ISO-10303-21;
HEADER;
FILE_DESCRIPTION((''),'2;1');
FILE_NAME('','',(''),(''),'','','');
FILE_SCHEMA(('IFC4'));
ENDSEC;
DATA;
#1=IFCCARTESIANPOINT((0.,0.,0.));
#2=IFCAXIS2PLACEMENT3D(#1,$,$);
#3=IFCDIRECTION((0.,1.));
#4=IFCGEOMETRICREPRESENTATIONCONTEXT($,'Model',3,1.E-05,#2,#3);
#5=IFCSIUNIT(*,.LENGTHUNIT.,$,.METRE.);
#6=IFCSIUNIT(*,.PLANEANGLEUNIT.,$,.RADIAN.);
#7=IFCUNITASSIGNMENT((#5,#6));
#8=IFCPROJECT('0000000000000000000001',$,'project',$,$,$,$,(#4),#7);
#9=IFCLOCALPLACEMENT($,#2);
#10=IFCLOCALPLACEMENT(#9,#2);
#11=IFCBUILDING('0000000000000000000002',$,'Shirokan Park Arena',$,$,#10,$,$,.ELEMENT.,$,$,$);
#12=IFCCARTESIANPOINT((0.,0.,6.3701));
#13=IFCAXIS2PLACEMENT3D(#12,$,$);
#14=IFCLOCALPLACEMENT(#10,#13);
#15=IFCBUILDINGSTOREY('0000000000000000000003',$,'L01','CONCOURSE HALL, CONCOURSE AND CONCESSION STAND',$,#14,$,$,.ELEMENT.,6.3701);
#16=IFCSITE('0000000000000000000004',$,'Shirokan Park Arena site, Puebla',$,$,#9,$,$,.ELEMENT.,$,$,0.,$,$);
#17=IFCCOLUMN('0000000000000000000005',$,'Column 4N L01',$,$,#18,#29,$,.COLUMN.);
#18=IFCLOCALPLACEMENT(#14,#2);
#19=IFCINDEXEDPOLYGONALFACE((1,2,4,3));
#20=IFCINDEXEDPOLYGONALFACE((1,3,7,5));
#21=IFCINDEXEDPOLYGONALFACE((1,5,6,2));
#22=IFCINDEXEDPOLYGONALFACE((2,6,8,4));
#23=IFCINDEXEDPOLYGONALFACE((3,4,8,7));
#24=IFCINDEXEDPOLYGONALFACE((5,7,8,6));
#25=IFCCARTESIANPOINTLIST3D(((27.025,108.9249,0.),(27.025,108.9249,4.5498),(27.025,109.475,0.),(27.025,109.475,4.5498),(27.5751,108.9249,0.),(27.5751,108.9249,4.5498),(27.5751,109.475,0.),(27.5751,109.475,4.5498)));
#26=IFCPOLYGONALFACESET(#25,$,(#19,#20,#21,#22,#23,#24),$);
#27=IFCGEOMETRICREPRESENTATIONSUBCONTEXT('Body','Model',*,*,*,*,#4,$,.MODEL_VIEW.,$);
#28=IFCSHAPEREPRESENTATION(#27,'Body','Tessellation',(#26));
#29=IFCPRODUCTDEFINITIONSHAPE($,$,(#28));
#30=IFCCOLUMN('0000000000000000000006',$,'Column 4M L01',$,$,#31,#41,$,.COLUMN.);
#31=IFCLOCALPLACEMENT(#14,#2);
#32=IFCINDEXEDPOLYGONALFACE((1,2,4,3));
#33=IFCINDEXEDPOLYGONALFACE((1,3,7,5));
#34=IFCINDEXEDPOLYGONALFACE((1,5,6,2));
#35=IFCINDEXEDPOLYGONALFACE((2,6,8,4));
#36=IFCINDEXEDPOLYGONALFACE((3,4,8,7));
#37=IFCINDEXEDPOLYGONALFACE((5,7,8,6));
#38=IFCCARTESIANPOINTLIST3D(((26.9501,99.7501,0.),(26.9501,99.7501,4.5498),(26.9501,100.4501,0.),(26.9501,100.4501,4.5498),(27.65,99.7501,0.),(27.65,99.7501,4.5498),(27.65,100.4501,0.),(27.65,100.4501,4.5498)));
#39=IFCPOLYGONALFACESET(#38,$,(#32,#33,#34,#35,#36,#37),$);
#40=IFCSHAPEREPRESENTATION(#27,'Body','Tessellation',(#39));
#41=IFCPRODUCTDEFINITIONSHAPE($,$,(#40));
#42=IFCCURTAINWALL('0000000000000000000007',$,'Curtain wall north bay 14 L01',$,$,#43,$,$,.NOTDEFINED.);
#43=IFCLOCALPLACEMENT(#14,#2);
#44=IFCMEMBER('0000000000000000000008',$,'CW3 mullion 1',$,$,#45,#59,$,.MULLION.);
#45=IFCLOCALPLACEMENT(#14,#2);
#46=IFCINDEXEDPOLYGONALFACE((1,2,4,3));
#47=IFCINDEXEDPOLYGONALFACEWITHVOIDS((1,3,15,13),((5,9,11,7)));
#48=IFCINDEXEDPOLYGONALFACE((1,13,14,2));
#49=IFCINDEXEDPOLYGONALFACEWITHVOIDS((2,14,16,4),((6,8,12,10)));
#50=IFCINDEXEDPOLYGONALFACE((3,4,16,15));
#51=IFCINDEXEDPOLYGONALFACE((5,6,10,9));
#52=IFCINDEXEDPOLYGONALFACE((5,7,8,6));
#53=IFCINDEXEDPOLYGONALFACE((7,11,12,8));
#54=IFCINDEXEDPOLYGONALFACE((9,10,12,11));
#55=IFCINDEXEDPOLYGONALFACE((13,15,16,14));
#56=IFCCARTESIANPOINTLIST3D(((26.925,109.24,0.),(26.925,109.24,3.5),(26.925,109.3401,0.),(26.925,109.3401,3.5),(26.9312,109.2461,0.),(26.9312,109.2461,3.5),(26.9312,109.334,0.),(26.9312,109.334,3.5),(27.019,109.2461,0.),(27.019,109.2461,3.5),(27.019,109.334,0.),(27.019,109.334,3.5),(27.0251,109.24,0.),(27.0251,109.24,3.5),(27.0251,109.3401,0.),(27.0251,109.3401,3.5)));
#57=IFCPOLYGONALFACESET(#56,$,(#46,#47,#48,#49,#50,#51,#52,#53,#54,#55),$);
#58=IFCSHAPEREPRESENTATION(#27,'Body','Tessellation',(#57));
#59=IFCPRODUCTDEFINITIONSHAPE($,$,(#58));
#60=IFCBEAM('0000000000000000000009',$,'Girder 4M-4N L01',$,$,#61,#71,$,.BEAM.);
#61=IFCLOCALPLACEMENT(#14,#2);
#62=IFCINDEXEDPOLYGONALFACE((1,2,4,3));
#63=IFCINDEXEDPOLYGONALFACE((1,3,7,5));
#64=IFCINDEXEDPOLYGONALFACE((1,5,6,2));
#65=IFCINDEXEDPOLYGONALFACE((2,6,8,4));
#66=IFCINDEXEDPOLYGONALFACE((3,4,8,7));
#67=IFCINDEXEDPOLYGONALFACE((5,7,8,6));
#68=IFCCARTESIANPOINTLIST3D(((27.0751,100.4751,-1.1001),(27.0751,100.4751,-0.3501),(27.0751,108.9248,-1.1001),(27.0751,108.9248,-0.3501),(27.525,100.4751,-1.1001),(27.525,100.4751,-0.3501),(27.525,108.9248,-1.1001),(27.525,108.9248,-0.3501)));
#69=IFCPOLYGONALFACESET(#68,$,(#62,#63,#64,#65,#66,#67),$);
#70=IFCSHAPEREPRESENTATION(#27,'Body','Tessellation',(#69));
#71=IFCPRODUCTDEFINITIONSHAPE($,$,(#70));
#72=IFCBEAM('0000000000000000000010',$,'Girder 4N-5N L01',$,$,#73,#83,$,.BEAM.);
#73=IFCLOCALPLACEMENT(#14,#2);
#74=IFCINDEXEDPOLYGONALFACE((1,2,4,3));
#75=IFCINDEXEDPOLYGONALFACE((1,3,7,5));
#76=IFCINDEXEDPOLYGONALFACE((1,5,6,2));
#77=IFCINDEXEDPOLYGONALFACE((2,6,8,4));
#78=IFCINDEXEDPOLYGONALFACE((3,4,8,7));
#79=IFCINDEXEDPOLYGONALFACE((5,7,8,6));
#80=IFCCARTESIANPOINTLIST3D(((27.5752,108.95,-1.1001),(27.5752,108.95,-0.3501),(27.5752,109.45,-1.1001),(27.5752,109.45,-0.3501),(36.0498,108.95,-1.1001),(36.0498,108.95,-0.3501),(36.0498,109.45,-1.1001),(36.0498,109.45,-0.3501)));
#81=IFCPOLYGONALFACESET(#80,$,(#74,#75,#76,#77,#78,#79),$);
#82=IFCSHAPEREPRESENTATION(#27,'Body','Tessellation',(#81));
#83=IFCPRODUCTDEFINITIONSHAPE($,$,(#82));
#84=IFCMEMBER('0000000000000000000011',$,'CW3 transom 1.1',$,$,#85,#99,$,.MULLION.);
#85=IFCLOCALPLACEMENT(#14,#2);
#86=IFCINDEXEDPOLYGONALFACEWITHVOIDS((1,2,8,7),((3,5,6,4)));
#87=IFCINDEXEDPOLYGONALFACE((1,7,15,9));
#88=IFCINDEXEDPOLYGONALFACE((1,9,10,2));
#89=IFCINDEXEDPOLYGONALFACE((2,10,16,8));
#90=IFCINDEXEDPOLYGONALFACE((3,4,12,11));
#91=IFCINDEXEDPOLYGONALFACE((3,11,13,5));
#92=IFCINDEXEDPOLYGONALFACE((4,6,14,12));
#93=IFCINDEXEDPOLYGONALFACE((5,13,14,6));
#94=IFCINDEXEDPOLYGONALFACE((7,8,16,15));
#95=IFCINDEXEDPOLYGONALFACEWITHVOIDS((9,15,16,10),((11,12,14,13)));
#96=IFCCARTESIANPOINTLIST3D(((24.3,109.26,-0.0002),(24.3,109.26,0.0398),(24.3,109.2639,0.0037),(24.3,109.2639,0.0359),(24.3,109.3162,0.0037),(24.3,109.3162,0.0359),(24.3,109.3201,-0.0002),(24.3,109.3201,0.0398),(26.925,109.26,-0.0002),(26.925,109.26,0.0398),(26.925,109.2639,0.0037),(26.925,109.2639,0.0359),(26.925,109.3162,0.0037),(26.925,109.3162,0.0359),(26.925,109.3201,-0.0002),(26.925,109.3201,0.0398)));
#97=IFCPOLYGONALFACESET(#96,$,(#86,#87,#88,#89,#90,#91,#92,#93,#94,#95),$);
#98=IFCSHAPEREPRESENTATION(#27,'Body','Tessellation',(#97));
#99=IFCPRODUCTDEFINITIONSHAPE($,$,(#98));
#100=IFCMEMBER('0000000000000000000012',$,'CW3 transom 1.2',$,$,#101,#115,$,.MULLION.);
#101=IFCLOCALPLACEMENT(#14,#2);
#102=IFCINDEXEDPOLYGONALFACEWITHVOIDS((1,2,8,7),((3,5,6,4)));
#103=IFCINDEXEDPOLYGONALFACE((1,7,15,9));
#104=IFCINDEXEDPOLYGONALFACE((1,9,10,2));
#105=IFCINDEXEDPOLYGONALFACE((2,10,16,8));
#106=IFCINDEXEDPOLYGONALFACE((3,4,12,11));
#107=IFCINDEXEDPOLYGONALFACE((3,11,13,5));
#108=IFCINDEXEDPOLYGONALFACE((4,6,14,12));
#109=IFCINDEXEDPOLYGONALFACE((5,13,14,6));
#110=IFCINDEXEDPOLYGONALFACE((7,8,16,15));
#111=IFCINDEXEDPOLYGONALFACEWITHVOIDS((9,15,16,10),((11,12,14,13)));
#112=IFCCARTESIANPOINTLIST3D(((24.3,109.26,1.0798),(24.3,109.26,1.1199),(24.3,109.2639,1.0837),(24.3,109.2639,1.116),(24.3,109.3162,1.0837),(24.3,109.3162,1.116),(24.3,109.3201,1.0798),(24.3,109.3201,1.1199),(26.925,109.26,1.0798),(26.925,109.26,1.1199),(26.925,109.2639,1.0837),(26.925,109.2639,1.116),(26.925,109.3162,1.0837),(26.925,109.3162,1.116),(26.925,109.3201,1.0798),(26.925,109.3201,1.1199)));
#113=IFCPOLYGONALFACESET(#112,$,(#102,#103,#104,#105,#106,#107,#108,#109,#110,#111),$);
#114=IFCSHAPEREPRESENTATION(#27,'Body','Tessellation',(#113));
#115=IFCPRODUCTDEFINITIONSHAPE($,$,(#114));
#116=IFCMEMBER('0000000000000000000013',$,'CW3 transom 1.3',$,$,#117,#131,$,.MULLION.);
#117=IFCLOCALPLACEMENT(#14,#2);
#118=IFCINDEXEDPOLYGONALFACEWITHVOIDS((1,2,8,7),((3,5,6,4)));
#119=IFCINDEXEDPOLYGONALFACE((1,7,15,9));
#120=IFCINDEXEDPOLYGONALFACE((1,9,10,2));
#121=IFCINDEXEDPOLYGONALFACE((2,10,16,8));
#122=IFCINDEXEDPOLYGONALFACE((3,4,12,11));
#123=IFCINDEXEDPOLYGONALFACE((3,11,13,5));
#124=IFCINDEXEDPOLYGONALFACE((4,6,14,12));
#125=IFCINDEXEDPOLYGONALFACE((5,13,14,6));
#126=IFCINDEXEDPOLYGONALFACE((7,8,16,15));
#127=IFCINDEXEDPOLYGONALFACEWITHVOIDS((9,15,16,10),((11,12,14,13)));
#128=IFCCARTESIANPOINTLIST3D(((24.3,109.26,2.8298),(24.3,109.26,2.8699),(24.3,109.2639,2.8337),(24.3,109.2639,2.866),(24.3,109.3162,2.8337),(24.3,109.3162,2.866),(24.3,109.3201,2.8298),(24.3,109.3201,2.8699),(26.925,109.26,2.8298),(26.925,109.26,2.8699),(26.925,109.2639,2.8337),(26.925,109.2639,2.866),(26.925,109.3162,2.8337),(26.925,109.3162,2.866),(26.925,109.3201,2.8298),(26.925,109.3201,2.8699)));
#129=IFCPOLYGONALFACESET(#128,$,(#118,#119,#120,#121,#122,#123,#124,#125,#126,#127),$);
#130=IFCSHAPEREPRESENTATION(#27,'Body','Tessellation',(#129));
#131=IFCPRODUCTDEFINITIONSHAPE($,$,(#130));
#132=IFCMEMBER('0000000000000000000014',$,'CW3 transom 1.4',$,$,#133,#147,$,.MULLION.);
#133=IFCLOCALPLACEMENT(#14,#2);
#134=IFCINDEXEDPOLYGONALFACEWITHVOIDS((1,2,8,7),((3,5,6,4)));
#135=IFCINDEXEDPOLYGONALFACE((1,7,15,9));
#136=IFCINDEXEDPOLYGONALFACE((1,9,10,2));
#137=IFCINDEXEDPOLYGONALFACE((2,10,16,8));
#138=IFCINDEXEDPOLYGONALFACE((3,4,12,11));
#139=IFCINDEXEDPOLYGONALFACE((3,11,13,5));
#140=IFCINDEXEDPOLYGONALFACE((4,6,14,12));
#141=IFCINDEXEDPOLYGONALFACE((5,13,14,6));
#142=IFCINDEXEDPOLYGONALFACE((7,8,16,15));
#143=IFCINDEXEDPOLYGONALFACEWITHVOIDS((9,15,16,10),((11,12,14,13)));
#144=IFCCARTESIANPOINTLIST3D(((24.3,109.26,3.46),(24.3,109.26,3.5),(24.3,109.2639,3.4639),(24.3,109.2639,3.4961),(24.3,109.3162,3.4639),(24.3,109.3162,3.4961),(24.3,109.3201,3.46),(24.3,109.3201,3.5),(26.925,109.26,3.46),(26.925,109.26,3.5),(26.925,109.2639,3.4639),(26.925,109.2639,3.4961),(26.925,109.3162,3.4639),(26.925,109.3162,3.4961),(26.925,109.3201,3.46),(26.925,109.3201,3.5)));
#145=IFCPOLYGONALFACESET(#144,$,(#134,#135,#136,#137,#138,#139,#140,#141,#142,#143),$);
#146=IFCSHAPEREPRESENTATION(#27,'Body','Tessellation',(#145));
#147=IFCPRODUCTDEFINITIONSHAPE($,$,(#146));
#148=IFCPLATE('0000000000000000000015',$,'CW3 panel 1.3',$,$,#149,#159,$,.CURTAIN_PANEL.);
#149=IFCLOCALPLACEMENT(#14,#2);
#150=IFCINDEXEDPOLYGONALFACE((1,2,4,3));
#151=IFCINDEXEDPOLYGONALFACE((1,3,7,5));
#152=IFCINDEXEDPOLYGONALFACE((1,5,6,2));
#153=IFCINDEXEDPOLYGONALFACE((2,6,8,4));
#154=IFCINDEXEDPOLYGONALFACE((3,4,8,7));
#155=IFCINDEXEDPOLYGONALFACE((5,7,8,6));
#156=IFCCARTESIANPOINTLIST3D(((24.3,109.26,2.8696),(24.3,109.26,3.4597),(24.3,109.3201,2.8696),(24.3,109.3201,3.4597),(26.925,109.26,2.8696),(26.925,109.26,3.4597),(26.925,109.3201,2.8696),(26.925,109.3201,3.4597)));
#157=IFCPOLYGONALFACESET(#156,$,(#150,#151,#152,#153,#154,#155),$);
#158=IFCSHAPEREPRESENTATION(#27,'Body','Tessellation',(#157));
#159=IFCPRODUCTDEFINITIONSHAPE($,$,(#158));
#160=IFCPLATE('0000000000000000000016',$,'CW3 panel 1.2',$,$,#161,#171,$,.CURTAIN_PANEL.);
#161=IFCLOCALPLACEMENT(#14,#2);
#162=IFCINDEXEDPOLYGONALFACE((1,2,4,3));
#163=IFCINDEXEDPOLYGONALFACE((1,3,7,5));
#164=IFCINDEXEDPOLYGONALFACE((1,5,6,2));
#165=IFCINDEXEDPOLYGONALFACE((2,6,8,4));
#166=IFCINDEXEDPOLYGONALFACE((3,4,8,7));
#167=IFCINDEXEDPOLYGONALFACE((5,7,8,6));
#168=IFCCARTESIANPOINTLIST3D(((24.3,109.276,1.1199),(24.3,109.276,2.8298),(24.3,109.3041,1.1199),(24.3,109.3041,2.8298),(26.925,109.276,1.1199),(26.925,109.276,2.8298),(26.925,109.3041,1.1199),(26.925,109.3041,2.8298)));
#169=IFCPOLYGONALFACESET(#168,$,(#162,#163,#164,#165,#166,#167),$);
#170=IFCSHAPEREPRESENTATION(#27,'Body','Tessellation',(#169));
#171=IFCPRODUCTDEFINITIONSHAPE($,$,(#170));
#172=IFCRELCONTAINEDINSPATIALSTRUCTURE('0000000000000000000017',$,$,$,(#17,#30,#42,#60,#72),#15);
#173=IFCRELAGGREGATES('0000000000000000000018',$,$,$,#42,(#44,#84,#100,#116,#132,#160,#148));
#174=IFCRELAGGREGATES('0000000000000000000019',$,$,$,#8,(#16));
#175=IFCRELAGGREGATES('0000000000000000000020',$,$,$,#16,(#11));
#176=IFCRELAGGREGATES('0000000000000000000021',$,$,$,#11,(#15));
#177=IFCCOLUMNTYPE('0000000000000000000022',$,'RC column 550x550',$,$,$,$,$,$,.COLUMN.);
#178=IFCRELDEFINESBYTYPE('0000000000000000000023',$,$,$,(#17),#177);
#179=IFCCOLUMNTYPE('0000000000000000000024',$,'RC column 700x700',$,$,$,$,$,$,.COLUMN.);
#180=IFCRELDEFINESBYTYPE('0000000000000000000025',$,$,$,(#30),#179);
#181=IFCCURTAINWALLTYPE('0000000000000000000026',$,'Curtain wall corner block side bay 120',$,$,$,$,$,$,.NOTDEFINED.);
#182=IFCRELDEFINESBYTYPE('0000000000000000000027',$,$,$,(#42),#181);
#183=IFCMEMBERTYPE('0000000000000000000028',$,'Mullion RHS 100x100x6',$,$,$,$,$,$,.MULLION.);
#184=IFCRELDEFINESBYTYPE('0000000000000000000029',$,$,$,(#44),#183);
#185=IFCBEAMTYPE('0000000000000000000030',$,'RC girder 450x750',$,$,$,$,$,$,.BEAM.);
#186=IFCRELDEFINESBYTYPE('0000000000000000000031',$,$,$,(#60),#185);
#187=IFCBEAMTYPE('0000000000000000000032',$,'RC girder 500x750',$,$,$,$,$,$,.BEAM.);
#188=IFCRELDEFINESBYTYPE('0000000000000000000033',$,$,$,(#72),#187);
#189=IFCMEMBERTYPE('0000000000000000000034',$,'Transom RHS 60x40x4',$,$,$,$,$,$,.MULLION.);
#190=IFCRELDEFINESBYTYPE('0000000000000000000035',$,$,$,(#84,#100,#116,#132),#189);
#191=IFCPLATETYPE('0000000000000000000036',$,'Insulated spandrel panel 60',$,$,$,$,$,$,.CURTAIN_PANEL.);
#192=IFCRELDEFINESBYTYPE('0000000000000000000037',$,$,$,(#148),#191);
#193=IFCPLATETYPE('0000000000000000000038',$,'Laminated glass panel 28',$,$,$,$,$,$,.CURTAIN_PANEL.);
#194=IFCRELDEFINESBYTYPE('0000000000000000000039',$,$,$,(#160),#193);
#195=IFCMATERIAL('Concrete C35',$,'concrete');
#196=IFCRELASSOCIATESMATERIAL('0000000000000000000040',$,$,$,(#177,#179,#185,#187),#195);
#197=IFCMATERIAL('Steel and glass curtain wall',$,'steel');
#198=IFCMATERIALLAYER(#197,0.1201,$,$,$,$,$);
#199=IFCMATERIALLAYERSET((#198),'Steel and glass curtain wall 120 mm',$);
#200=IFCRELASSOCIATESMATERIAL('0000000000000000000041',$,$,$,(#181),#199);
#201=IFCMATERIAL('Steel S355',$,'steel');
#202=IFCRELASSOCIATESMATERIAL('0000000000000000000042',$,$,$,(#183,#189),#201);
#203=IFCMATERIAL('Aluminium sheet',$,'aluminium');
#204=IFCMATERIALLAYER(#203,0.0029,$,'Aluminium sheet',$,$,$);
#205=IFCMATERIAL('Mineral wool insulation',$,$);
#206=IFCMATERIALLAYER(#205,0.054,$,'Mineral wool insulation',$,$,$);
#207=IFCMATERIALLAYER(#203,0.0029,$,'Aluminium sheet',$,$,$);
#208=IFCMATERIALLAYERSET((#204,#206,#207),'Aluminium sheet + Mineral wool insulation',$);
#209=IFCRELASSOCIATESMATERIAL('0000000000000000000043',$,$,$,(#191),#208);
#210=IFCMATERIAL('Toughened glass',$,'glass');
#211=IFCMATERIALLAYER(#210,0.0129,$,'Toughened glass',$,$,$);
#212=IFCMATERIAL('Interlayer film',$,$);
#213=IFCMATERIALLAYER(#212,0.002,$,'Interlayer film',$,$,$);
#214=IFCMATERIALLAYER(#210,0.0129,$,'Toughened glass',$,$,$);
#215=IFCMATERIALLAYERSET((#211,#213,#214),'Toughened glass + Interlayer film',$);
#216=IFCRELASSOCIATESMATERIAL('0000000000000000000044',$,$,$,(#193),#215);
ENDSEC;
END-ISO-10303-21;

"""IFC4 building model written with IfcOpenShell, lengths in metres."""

from ifc_helpers import new_model, si_unit, direction, frame, origin, origin_2d, place, context, subcontext, project, spatial, rectangle, hollow_rectangle, extrude, material, layer, layer_set, material_profile, profile_set, type_object, element, aggregate, save


model = new_model("IFC4")

# Units and contexts
model_context = context("Model", 3, precision=1e-05, world=origin(), true_north=direction((0.0, 1.0)))
body_context = subcontext(model_context, "Body", "Model", "MODEL_VIEW")
ifc_project = project(units=[si_unit("LENGTHUNIT", "METRE"), si_unit("PLANEANGLEUNIT", "RADIAN")], contexts=[model_context])

# Site, building, storey
site_placement = place(None, origin())
site = spatial("IfcSite", under=ifc_project, at=site_placement, Name="Shirokan Park Arena site, Puebla", CompositionType="ELEMENT", RefElevation=0.0)
building_placement = place(site_placement, origin())
building = spatial("IfcBuilding", under=site, at=building_placement, Name="Shirokan Park Arena", CompositionType="ELEMENT")
storey_placement = place(building_placement, frame((0.0, 0.0, 6.3701)))
storey = spatial("IfcBuildingStorey", under=building, at=storey_placement, Name="L01", Description="CONCOURSE HALL, CONCOURSE AND CONCESSION STAND", CompositionType="ELEMENT", Elevation=6.3701)

# Columns
ifc_material_1 = material(Name="Concrete C35", Category="concrete")
ifc_material_profile_1 = material_profile(ifc_material_1, rectangle(XDim=0.55, YDim=0.55, at=origin_2d()), Name="550x550")
ifc_profile_set_1 = profile_set([ifc_material_profile_1], Name="Concrete C35")
column_type_1 = type_object("IfcColumnType", Name="RC column 550x550", PredefinedType="COLUMN", material=ifc_profile_set_1)
column_1_placement = place(storey_placement, frame((27.3, 109.2, 0.0), z_axis=(0.0, 0.0, 1.0), x_axis=(1.0, 0.0, 0.0)))
element("IfcColumn", 1, at=column_1_placement, inside=storey, type_object=column_type_1, Name="Column 4N L01", PredefinedType="COLUMN", context=body_context, shape_type="SweptSolid", body=[
    extrude(rectangle(XDim=0.55, YDim=0.55, at=origin_2d()), origin(), (0.0, 0.0, 1.0), 4.5498),
])
ifc_material_profile_2 = material_profile(ifc_material_1, rectangle(XDim=0.7, YDim=0.7, at=origin_2d()), Name="700x700")
ifc_profile_set_2 = profile_set([ifc_material_profile_2], Name="Concrete C35")
column_type_2 = type_object("IfcColumnType", Name="RC column 700x700", PredefinedType="COLUMN", material=ifc_profile_set_2)
column_2_placement = place(storey_placement, frame((27.3, 100.1001, 0.0), z_axis=(0.0, 0.0, 1.0), x_axis=(1.0, 0.0, 0.0)))
element("IfcColumn", 2, at=column_2_placement, inside=storey, type_object=column_type_2, Name="Column 4M L01", PredefinedType="COLUMN", context=body_context, shape_type="SweptSolid", body=[
    extrude(rectangle(XDim=0.7, YDim=0.7, at=origin_2d()), origin(), (0.0, 0.0, 1.0), 4.5498),
])

# Curtain wall, member
ifc_material_2 = material(Name="Steel and glass curtain wall", Category="steel")
ifc_layer_1 = layer(ifc_material_2, 0.1201)
ifc_layer_set_1 = layer_set([ifc_layer_1], Name="Steel and glass curtain wall 120 mm")
curtain_wall_type = type_object("IfcCurtainWallType", Name="Curtain wall corner block side bay 120", PredefinedType="NOTDEFINED", material=ifc_layer_set_1)
curtain_wall_placement = place(storey_placement, origin())
curtain_wall = element("IfcCurtainWall", 3, at=curtain_wall_placement, inside=storey, type_object=curtain_wall_type, Name="Curtain wall north bay 14 L01", PredefinedType="NOTDEFINED")
ifc_material_3 = material(Name="Steel S355", Category="steel")
ifc_material_profile_3 = material_profile(ifc_material_3, hollow_rectangle(XDim=0.1001, YDim=0.1001, WallThickness=0.0061, at=origin_2d()), Name="RHS 100x100x6")
ifc_profile_set_3 = profile_set([ifc_material_profile_3], Name="Steel S355")
member_type_1 = type_object("IfcMemberType", Name="Mullion RHS 100x100x6", PredefinedType="MULLION", material=ifc_profile_set_3)
member_1_placement = place(storey_placement, frame((26.9751, 109.29, 0.0), z_axis=(0.0, 0.0, 1.0), x_axis=(0.0, -1.0, 0.0)))
member_1 = element("IfcMember", 4, at=member_1_placement, type_object=member_type_1, Name="CW3 mullion 1", PredefinedType="MULLION", context=body_context, shape_type="SweptSolid", body=[
    extrude(hollow_rectangle(XDim=0.1001, YDim=0.1001, WallThickness=0.0061, at=origin_2d()), origin(), (0.0, 0.0, 1.0), 3.5),
])

# Beams
ifc_material_profile_4 = material_profile(ifc_material_1, rectangle(XDim=0.45, YDim=0.75, at=origin_2d()), Name="450x750")
ifc_profile_set_4 = profile_set([ifc_material_profile_4], Name="Concrete C35")
beam_type_1 = type_object("IfcBeamType", Name="RC girder 450x750", PredefinedType="BEAM", material=ifc_profile_set_4)
beam_1_placement = place(storey_placement, frame((27.3, 100.4751, -0.7251), z_axis=(0.0, 1.0, 0.0), x_axis=(-1.0, 0.0, 0.0)))
element("IfcBeam", 5, at=beam_1_placement, inside=storey, type_object=beam_type_1, Name="Girder 4M-4N L01", PredefinedType="BEAM", context=body_context, shape_type="SweptSolid", body=[
    extrude(rectangle(XDim=0.45, YDim=0.75, at=origin_2d()), origin(), (0.0, 0.0, 1.0), 8.4497),
])
ifc_material_profile_5 = material_profile(ifc_material_1, rectangle(XDim=0.5, YDim=0.75, at=origin_2d()), Name="500x750")
ifc_profile_set_5 = profile_set([ifc_material_profile_5], Name="Concrete C35")
beam_type_2 = type_object("IfcBeamType", Name="RC girder 500x750", PredefinedType="BEAM", material=ifc_profile_set_5)
beam_2_placement = place(storey_placement, frame((27.5752, 109.2, -0.7251), z_axis=(1.0, 0.0, 0.0), x_axis=(0.0, 1.0, 0.0)))
element("IfcBeam", 6, at=beam_2_placement, inside=storey, type_object=beam_type_2, Name="Girder 4N-5N L01", PredefinedType="BEAM", context=body_context, shape_type="SweptSolid", body=[
    extrude(rectangle(XDim=0.5, YDim=0.75, at=origin_2d()), origin(), (0.0, 0.0, 1.0), 8.4746),
])

# Members
ifc_material_profile_6 = material_profile(ifc_material_3, hollow_rectangle(XDim=0.0601, YDim=0.04, WallThickness=0.0039, at=origin_2d()), Name="RHS 60x40x4")
ifc_profile_set_6 = profile_set([ifc_material_profile_6], Name="Steel S355")
member_type_2 = type_object("IfcMemberType", Name="Transom RHS 60x40x4", PredefinedType="MULLION", material=ifc_profile_set_6)
member_2_placement = place(storey_placement, frame((26.925, 109.29, 0.0198), z_axis=(-1.0, 0.0, 0.0), x_axis=(0.0, -1.0, 0.0)))
member_2 = element("IfcMember", 7, at=member_2_placement, type_object=member_type_2, Name="CW3 transom 1.1", PredefinedType="MULLION", context=body_context, shape_type="SweptSolid", body=[
    extrude(hollow_rectangle(XDim=0.0601, YDim=0.04, WallThickness=0.0039, at=origin_2d()), origin(), (0.0, 0.0, 1.0), 2.625),
])
member_3_placement = place(storey_placement, frame((26.925, 109.29, 1.0999), z_axis=(-1.0, 0.0, 0.0), x_axis=(0.0, -1.0, 0.0)))
member_3 = element("IfcMember", 8, at=member_3_placement, type_object=member_type_2, Name="CW3 transom 1.2", PredefinedType="MULLION", context=body_context, shape_type="SweptSolid", body=[
    extrude(hollow_rectangle(XDim=0.0601, YDim=0.04, WallThickness=0.0039, at=origin_2d()), origin(), (0.0, 0.0, 1.0), 2.625),
])
member_4_placement = place(storey_placement, frame((26.925, 109.29, 2.8499), z_axis=(-1.0, 0.0, 0.0), x_axis=(0.0, -1.0, 0.0)))
member_4 = element("IfcMember", 9, at=member_4_placement, type_object=member_type_2, Name="CW3 transom 1.3", PredefinedType="MULLION", context=body_context, shape_type="SweptSolid", body=[
    extrude(hollow_rectangle(XDim=0.0601, YDim=0.04, WallThickness=0.0039, at=origin_2d()), origin(), (0.0, 0.0, 1.0), 2.625),
])
member_5_placement = place(storey_placement, frame((26.925, 109.29, 3.48), z_axis=(-1.0, 0.0, 0.0), x_axis=(0.0, -1.0, 0.0)))
member_5 = element("IfcMember", 10, at=member_5_placement, type_object=member_type_2, Name="CW3 transom 1.4", PredefinedType="MULLION", context=body_context, shape_type="SweptSolid", body=[
    extrude(hollow_rectangle(XDim=0.0601, YDim=0.04, WallThickness=0.0039, at=origin_2d()), origin(), (0.0, 0.0, 1.0), 2.625),
])

# Plates
ifc_material_4 = material(Name="Aluminium sheet", Category="aluminium")
ifc_layer_2 = layer(ifc_material_4, 0.0029, Name="Aluminium sheet")
ifc_material_5 = material(Name="Mineral wool insulation")
ifc_layer_3 = layer(ifc_material_5, 0.054, Name="Mineral wool insulation")
ifc_layer_4 = layer(ifc_material_4, 0.0029, Name="Aluminium sheet")
ifc_layer_set_2 = layer_set([ifc_layer_2, ifc_layer_3, ifc_layer_4], Name="Aluminium sheet + Mineral wool insulation")
plate_type_1 = type_object("IfcPlateType", Name="Insulated spandrel panel 60", PredefinedType="CURTAIN_PANEL", material=ifc_layer_set_2)
plate_1_placement = place(storey_placement, frame((25.6125, 109.29, 2.8696), z_axis=(0.0, 0.0, 1.0), x_axis=(-1.0, 0.0, 0.0)))
plate_1 = element("IfcPlate", 11, at=plate_1_placement, type_object=plate_type_1, Name="CW3 panel 1.3", PredefinedType="CURTAIN_PANEL", context=body_context, shape_type="SweptSolid", body=[
    extrude(rectangle(XDim=2.625, YDim=0.0601, at=origin_2d()), origin(), (0.0, 0.0, 1.0), 0.5901),
])
ifc_material_6 = material(Name="Toughened glass", Category="glass")
ifc_layer_5 = layer(ifc_material_6, 0.0129, Name="Toughened glass")
ifc_material_7 = material(Name="Interlayer film")
ifc_layer_6 = layer(ifc_material_7, 0.002, Name="Interlayer film")
ifc_layer_7 = layer(ifc_material_6, 0.0129, Name="Toughened glass")
ifc_layer_set_3 = layer_set([ifc_layer_5, ifc_layer_6, ifc_layer_7], Name="Toughened glass + Interlayer film")
plate_type_2 = type_object("IfcPlateType", Name="Laminated glass panel 28", PredefinedType="CURTAIN_PANEL", material=ifc_layer_set_3)
plate_2_placement = place(storey_placement, frame((25.6125, 109.29, 1.1199), z_axis=(0.0, 0.0, 1.0), x_axis=(-1.0, 0.0, 0.0)))
plate_2 = element("IfcPlate", 12, at=plate_2_placement, type_object=plate_type_2, Name="CW3 panel 1.2", PredefinedType="CURTAIN_PANEL", context=body_context, shape_type="SweptSolid", body=[
    extrude(rectangle(XDim=2.625, YDim=0.0281, at=origin_2d()), origin(), (0.0, 0.0, 1.0), 1.71),
])
aggregate(curtain_wall, [member_1, member_2, member_3, member_4, member_5, plate_2, plate_1])

save(model, "model.ifc")
